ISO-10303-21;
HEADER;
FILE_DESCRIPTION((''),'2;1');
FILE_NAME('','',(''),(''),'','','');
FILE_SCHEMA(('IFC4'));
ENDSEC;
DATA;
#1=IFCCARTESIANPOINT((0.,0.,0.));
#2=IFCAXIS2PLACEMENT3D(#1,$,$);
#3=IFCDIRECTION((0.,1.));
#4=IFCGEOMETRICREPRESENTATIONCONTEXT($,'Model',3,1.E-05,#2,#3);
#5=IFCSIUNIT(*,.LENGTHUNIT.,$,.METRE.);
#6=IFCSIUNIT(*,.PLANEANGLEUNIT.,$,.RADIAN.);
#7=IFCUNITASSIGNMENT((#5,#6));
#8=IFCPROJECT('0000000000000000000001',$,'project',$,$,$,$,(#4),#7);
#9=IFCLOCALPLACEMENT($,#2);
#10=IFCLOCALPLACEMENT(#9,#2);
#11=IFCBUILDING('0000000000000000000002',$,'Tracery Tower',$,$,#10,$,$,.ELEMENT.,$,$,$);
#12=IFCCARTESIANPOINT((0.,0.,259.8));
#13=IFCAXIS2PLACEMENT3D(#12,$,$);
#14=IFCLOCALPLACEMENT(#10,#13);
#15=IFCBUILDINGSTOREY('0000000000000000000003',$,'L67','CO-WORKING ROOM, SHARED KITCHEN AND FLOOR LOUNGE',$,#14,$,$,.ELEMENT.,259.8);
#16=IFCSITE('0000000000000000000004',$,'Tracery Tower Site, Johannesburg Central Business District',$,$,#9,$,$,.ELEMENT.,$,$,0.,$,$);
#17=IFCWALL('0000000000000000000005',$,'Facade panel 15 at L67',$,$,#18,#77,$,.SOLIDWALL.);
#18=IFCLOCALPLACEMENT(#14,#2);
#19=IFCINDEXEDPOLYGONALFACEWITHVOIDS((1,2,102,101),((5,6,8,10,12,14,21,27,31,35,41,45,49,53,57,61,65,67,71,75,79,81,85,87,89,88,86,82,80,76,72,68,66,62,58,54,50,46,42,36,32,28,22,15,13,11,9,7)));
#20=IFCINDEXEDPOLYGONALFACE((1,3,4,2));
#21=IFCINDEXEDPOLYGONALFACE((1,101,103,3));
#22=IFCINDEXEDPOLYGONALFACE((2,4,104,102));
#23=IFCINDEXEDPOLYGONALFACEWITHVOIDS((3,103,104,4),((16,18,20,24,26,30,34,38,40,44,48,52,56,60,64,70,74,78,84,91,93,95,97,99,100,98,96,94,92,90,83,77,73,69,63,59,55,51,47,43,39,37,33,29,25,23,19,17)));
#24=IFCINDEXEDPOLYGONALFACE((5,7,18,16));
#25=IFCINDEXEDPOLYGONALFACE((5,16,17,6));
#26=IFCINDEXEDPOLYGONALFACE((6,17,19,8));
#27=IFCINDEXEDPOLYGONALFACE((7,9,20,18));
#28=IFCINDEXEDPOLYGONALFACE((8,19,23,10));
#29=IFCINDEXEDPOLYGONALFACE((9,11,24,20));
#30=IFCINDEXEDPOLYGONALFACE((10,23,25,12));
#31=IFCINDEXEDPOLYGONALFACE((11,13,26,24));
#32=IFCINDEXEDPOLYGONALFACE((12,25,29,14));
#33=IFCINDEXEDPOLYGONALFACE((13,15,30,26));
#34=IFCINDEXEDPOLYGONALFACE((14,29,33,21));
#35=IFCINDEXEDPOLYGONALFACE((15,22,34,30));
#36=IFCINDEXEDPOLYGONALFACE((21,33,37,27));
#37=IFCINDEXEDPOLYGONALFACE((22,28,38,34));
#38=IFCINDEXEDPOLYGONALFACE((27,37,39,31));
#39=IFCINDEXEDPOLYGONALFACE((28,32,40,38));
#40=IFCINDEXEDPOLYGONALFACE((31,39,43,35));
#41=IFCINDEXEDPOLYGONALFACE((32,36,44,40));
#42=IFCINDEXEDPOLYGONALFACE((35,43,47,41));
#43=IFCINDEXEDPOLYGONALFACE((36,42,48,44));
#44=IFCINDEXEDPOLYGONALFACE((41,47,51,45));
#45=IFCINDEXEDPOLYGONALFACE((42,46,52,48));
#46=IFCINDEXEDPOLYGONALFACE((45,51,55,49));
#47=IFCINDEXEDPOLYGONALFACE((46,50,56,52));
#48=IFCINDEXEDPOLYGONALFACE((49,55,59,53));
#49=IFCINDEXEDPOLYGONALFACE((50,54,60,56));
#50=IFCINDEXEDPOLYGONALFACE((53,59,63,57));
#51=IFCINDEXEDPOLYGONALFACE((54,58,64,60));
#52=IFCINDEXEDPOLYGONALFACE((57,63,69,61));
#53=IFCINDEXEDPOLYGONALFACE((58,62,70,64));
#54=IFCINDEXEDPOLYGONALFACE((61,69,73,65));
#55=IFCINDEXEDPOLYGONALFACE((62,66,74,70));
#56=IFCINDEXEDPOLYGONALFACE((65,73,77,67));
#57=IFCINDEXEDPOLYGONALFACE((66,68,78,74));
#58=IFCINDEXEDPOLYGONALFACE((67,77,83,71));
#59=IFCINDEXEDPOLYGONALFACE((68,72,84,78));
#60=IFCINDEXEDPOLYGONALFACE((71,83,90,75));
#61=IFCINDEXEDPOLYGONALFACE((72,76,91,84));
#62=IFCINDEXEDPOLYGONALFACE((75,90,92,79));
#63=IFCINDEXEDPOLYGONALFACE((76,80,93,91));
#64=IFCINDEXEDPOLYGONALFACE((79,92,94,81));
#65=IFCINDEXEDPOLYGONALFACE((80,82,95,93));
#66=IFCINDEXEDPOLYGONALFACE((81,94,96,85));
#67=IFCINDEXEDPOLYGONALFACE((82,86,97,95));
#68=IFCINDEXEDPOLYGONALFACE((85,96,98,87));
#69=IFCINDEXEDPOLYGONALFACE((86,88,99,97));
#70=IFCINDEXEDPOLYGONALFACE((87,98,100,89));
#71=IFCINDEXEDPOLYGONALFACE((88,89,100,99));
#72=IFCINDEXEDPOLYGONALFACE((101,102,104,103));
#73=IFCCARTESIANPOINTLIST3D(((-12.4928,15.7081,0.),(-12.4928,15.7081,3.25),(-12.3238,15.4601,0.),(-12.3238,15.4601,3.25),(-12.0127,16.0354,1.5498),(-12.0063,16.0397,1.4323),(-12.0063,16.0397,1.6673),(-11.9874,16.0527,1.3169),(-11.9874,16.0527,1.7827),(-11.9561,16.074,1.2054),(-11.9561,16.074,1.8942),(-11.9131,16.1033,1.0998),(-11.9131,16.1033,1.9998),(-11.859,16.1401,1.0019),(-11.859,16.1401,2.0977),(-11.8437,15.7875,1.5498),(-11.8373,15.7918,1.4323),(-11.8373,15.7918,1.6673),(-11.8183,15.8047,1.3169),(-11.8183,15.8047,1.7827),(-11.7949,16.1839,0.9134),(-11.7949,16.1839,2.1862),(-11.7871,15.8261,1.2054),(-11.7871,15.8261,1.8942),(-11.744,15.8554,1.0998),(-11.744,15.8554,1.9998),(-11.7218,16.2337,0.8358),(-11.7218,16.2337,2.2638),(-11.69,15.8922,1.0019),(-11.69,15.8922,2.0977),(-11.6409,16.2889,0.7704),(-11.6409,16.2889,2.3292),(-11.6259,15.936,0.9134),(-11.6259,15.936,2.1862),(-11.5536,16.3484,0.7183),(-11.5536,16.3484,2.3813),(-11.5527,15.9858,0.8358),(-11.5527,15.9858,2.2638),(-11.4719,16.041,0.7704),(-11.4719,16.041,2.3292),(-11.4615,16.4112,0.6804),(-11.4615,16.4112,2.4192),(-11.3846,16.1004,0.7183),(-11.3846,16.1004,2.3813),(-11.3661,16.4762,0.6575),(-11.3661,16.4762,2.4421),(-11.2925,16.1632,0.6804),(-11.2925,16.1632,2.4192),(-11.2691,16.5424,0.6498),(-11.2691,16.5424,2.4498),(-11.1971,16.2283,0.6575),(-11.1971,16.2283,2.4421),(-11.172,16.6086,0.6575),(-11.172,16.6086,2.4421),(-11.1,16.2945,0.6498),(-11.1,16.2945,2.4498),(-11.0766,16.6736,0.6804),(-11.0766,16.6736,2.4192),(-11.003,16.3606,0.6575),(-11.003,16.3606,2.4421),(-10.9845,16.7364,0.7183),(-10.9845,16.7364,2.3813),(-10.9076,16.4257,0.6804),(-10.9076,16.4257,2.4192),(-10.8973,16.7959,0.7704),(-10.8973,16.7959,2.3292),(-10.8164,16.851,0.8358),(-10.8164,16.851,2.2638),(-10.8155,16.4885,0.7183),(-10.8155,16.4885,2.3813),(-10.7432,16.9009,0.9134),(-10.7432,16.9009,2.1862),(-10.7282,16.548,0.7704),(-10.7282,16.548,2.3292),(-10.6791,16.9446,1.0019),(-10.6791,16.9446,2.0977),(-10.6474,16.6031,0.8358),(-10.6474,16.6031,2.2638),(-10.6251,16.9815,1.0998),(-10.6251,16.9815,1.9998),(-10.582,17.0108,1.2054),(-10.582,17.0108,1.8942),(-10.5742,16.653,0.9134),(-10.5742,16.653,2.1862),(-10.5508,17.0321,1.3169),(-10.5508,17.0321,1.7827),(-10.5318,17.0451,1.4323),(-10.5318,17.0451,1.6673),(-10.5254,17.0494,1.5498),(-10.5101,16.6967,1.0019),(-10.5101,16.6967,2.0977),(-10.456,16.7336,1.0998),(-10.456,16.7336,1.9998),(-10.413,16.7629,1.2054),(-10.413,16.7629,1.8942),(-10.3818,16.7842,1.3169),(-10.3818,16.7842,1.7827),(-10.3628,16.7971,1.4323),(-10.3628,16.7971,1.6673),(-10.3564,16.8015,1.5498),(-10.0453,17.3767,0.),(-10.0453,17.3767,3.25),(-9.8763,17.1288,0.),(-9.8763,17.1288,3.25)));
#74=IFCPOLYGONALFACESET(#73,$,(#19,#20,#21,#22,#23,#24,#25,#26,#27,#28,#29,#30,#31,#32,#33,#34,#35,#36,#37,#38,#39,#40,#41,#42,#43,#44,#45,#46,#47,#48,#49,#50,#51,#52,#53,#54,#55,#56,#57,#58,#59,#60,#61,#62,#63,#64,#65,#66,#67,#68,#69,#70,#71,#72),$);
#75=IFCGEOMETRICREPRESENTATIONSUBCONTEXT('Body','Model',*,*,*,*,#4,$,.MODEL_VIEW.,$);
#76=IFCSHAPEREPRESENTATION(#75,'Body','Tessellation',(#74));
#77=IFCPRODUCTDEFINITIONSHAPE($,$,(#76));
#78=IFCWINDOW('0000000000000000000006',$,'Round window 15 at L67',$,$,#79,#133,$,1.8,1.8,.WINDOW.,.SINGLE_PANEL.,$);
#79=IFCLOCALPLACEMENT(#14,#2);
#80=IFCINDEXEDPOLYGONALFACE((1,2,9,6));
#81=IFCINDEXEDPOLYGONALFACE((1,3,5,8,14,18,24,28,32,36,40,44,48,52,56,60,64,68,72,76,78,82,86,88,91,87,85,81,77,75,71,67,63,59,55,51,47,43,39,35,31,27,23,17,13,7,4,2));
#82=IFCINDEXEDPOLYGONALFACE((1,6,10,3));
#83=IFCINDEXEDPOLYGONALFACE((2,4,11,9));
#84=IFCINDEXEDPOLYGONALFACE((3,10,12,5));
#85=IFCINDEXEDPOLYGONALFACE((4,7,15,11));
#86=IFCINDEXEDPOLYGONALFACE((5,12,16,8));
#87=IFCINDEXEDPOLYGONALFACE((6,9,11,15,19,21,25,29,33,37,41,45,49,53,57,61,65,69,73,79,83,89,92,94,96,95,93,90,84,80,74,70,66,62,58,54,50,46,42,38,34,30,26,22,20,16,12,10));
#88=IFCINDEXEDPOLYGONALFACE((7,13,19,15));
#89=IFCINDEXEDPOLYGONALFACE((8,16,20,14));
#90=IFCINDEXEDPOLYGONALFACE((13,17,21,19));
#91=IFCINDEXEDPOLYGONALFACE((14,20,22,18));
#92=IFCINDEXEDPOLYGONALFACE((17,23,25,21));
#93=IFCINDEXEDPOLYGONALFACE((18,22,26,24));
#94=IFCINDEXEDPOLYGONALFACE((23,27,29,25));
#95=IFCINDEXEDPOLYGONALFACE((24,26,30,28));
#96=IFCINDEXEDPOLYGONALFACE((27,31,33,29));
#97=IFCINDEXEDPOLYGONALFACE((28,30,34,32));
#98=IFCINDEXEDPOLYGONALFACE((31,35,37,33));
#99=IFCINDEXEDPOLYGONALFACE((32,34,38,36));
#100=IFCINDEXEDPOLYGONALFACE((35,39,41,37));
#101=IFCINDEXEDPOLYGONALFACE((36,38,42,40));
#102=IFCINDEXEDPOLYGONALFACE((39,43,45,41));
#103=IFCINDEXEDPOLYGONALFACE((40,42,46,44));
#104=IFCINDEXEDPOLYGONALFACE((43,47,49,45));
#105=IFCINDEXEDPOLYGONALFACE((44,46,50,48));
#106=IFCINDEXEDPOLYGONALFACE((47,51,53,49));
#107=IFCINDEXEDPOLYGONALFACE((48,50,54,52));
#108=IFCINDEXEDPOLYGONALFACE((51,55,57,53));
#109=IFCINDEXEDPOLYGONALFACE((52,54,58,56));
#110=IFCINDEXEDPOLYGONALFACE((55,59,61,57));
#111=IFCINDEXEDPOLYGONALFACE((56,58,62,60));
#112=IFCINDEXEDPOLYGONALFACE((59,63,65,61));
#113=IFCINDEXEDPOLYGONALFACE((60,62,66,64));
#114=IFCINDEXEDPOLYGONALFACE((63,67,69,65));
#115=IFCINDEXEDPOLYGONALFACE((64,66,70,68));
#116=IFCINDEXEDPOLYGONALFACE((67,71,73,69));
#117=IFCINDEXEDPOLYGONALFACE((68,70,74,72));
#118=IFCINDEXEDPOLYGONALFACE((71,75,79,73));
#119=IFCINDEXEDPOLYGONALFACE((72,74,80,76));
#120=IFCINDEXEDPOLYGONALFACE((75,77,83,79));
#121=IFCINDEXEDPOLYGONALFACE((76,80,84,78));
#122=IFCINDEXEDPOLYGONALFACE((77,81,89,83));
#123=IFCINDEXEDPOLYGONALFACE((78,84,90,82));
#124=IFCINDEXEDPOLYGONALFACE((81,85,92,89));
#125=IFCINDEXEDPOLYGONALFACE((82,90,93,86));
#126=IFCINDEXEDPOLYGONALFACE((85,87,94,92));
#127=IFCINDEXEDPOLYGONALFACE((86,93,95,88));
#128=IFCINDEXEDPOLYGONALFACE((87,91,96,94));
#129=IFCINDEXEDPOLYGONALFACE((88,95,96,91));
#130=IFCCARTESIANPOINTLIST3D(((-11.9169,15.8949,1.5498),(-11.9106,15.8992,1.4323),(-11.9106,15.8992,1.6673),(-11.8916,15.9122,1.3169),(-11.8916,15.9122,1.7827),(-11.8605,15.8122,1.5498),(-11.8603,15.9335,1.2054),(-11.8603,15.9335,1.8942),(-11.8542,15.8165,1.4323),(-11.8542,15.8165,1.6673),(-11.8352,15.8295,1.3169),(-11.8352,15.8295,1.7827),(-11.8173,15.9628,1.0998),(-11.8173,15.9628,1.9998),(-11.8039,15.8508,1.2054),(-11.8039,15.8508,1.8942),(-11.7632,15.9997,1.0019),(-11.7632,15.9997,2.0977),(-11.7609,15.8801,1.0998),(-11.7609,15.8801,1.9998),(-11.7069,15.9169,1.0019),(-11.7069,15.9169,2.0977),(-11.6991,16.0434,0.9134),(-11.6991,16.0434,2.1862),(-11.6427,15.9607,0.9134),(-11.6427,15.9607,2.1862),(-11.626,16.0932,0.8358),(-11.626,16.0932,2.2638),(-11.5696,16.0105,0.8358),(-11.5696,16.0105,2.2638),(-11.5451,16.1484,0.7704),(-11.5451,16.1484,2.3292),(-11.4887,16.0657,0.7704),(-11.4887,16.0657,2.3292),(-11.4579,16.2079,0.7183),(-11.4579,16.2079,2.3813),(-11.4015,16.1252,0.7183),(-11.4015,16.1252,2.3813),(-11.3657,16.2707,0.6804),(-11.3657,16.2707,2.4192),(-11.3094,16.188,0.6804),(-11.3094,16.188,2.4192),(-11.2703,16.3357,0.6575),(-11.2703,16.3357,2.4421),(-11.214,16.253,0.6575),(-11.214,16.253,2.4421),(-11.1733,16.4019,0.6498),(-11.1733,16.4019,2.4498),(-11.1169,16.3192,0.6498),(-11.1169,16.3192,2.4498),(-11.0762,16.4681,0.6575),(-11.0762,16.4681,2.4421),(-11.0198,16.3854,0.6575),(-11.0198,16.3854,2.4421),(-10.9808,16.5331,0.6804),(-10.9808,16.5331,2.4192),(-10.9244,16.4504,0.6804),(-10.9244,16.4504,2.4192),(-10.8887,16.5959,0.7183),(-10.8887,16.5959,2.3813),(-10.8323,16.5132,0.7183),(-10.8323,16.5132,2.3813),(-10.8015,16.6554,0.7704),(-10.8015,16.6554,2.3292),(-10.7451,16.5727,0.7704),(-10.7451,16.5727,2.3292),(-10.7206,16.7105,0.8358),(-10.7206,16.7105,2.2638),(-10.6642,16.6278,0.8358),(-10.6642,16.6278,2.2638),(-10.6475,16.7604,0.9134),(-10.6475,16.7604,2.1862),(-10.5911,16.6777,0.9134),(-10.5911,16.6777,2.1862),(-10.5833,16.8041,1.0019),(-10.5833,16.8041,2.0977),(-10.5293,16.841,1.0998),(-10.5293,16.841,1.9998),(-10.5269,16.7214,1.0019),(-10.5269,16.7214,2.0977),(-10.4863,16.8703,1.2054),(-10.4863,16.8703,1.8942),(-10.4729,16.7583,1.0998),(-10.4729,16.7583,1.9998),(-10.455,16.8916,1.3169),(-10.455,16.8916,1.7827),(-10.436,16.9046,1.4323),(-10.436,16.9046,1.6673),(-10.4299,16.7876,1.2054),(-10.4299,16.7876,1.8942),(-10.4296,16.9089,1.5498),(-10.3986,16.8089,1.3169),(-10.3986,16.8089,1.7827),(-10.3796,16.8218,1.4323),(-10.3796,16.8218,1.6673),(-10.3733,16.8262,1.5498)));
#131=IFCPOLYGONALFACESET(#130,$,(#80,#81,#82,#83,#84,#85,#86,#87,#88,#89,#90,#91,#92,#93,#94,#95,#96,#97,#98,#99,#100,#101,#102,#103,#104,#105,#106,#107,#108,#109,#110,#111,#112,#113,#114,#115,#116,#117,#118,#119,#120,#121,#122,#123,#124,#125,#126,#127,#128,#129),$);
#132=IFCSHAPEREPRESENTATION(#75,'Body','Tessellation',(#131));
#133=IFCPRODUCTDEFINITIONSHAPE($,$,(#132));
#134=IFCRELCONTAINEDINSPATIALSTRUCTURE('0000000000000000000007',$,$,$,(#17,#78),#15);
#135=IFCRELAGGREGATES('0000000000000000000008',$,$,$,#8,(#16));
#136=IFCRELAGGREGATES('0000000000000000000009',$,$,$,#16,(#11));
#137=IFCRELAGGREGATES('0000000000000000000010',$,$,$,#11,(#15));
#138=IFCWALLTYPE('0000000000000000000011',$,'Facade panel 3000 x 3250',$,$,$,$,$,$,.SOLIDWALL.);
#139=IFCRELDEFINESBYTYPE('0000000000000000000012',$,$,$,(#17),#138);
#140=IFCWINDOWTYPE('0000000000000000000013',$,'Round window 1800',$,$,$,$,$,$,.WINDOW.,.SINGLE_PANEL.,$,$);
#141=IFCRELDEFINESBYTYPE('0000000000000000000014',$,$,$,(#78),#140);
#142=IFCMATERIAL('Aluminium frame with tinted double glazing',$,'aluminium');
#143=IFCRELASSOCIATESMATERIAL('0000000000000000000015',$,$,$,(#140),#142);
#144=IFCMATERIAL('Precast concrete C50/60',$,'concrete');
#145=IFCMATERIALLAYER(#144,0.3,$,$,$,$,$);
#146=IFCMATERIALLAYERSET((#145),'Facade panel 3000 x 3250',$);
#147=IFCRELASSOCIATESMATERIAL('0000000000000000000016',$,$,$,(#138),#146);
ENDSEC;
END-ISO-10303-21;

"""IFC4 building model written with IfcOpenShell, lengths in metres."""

from ifc_helpers import new_model, si_unit, direction, frame, frame_2d, origin, origin_2d, place, context, subcontext, project, spatial, rectangle, circle, extrude, material, layer, layer_set, type_object, element, fill, save


model = new_model("IFC4")

# Units and contexts
model_context = context("Model", 3, precision=1e-05, world=origin(), true_north=direction((0.0, 1.0)))
body_context = subcontext(model_context, "Body", "Model", "MODEL_VIEW")
ifc_project = project(units=[si_unit("LENGTHUNIT", "METRE"), si_unit("PLANEANGLEUNIT", "RADIAN")], contexts=[model_context])

# Site, building, storey
site_placement = place(None, origin())
site = spatial("IfcSite", under=ifc_project, at=site_placement, Name="Tracery Tower Site, Johannesburg Central Business District", CompositionType="ELEMENT", RefElevation=0.0)
building_placement = place(site_placement, origin())
building = spatial("IfcBuilding", under=site, at=building_placement, Name="Tracery Tower", CompositionType="ELEMENT")
storey_placement = place(building_placement, frame((0.0, 0.0, 259.8)))
storey = spatial("IfcBuildingStorey", under=building, at=storey_placement, Name="L67", Description="CO-WORKING ROOM, SHARED KITCHEN AND FLOOR LOUNGE", CompositionType="ELEMENT", Elevation=259.8)

# Wall, opening, window
ifc_material_1 = material(Name="Aluminium frame with tinted double glazing", Category="aluminium")
window_type = type_object("IfcWindowType", Name="Round window 1800", PartitioningType="SINGLE_PANEL", PredefinedType="WINDOW", material=ifc_material_1)
ifc_material_2 = material(Name="Precast concrete C50/60", Category="concrete")
ifc_layer_1 = layer(ifc_material_2, 0.3)
ifc_layer_set_1 = layer_set([ifc_layer_1], Name="Facade panel 3000 x 3250")
wall_type_1 = type_object("IfcWallType", Name="Facade panel 3000 x 3250", PredefinedType="SOLIDWALL", material=ifc_layer_set_1)
wall_1_placement = place(storey_placement, frame((-9.9609, 17.2527, 0.0), z_axis=(0.0, 0.0, 1.0), x_axis=(-0.826236, -0.563324, 0.0)))
wall_1 = element("IfcWall", 1, at=wall_1_placement, inside=storey, type_object=wall_type_1, Name="Facade panel 15 at L67", PredefinedType="SOLIDWALL", context=body_context, shape_type="SweptSolid", body=[
    extrude(rectangle(XDim=2.9622, YDim=0.3, at=frame_2d((1.481, 0.0))), origin(), (0.0, 0.0, 1.0), 3.25),
])
opening_1_placement = place(wall_1_placement, frame((1.481, 0.0, 1.5498)))
opening_1 = element("IfcOpeningElement", 2, at=opening_1_placement, cuts=wall_1, PredefinedType="OPENING", context=body_context, shape_type="SweptSolid", body=[
    extrude(circle(Radius=0.9, at=origin_2d()), frame((0.0, 0.1599, 0.0), z_axis=(0.0, -1.0, 0.0), x_axis=(1.0, 0.0, 0.0)), (0.0, 0.0, 1.0), 0.3201),
])
window_1_placement = place(opening_1_placement, origin())
window_1 = element("IfcWindow", 3, at=window_1_placement, inside=storey, type_object=window_type, Name="Round window 15 at L67", OverallHeight=1.8, OverallWidth=1.8, PartitioningType="SINGLE_PANEL", PredefinedType="WINDOW", context=body_context, shape_type="SweptSolid", body=[
    extrude(circle(Radius=0.9, at=origin_2d()), frame((0.0, 0.1201, 0.0), z_axis=(0.0, -1.0, 0.0), x_axis=(1.0, 0.0, 0.0)), (0.0, 0.0, 1.0), 0.1001),
])
fill(opening_1, window_1)

save(model, "model.ifc")
